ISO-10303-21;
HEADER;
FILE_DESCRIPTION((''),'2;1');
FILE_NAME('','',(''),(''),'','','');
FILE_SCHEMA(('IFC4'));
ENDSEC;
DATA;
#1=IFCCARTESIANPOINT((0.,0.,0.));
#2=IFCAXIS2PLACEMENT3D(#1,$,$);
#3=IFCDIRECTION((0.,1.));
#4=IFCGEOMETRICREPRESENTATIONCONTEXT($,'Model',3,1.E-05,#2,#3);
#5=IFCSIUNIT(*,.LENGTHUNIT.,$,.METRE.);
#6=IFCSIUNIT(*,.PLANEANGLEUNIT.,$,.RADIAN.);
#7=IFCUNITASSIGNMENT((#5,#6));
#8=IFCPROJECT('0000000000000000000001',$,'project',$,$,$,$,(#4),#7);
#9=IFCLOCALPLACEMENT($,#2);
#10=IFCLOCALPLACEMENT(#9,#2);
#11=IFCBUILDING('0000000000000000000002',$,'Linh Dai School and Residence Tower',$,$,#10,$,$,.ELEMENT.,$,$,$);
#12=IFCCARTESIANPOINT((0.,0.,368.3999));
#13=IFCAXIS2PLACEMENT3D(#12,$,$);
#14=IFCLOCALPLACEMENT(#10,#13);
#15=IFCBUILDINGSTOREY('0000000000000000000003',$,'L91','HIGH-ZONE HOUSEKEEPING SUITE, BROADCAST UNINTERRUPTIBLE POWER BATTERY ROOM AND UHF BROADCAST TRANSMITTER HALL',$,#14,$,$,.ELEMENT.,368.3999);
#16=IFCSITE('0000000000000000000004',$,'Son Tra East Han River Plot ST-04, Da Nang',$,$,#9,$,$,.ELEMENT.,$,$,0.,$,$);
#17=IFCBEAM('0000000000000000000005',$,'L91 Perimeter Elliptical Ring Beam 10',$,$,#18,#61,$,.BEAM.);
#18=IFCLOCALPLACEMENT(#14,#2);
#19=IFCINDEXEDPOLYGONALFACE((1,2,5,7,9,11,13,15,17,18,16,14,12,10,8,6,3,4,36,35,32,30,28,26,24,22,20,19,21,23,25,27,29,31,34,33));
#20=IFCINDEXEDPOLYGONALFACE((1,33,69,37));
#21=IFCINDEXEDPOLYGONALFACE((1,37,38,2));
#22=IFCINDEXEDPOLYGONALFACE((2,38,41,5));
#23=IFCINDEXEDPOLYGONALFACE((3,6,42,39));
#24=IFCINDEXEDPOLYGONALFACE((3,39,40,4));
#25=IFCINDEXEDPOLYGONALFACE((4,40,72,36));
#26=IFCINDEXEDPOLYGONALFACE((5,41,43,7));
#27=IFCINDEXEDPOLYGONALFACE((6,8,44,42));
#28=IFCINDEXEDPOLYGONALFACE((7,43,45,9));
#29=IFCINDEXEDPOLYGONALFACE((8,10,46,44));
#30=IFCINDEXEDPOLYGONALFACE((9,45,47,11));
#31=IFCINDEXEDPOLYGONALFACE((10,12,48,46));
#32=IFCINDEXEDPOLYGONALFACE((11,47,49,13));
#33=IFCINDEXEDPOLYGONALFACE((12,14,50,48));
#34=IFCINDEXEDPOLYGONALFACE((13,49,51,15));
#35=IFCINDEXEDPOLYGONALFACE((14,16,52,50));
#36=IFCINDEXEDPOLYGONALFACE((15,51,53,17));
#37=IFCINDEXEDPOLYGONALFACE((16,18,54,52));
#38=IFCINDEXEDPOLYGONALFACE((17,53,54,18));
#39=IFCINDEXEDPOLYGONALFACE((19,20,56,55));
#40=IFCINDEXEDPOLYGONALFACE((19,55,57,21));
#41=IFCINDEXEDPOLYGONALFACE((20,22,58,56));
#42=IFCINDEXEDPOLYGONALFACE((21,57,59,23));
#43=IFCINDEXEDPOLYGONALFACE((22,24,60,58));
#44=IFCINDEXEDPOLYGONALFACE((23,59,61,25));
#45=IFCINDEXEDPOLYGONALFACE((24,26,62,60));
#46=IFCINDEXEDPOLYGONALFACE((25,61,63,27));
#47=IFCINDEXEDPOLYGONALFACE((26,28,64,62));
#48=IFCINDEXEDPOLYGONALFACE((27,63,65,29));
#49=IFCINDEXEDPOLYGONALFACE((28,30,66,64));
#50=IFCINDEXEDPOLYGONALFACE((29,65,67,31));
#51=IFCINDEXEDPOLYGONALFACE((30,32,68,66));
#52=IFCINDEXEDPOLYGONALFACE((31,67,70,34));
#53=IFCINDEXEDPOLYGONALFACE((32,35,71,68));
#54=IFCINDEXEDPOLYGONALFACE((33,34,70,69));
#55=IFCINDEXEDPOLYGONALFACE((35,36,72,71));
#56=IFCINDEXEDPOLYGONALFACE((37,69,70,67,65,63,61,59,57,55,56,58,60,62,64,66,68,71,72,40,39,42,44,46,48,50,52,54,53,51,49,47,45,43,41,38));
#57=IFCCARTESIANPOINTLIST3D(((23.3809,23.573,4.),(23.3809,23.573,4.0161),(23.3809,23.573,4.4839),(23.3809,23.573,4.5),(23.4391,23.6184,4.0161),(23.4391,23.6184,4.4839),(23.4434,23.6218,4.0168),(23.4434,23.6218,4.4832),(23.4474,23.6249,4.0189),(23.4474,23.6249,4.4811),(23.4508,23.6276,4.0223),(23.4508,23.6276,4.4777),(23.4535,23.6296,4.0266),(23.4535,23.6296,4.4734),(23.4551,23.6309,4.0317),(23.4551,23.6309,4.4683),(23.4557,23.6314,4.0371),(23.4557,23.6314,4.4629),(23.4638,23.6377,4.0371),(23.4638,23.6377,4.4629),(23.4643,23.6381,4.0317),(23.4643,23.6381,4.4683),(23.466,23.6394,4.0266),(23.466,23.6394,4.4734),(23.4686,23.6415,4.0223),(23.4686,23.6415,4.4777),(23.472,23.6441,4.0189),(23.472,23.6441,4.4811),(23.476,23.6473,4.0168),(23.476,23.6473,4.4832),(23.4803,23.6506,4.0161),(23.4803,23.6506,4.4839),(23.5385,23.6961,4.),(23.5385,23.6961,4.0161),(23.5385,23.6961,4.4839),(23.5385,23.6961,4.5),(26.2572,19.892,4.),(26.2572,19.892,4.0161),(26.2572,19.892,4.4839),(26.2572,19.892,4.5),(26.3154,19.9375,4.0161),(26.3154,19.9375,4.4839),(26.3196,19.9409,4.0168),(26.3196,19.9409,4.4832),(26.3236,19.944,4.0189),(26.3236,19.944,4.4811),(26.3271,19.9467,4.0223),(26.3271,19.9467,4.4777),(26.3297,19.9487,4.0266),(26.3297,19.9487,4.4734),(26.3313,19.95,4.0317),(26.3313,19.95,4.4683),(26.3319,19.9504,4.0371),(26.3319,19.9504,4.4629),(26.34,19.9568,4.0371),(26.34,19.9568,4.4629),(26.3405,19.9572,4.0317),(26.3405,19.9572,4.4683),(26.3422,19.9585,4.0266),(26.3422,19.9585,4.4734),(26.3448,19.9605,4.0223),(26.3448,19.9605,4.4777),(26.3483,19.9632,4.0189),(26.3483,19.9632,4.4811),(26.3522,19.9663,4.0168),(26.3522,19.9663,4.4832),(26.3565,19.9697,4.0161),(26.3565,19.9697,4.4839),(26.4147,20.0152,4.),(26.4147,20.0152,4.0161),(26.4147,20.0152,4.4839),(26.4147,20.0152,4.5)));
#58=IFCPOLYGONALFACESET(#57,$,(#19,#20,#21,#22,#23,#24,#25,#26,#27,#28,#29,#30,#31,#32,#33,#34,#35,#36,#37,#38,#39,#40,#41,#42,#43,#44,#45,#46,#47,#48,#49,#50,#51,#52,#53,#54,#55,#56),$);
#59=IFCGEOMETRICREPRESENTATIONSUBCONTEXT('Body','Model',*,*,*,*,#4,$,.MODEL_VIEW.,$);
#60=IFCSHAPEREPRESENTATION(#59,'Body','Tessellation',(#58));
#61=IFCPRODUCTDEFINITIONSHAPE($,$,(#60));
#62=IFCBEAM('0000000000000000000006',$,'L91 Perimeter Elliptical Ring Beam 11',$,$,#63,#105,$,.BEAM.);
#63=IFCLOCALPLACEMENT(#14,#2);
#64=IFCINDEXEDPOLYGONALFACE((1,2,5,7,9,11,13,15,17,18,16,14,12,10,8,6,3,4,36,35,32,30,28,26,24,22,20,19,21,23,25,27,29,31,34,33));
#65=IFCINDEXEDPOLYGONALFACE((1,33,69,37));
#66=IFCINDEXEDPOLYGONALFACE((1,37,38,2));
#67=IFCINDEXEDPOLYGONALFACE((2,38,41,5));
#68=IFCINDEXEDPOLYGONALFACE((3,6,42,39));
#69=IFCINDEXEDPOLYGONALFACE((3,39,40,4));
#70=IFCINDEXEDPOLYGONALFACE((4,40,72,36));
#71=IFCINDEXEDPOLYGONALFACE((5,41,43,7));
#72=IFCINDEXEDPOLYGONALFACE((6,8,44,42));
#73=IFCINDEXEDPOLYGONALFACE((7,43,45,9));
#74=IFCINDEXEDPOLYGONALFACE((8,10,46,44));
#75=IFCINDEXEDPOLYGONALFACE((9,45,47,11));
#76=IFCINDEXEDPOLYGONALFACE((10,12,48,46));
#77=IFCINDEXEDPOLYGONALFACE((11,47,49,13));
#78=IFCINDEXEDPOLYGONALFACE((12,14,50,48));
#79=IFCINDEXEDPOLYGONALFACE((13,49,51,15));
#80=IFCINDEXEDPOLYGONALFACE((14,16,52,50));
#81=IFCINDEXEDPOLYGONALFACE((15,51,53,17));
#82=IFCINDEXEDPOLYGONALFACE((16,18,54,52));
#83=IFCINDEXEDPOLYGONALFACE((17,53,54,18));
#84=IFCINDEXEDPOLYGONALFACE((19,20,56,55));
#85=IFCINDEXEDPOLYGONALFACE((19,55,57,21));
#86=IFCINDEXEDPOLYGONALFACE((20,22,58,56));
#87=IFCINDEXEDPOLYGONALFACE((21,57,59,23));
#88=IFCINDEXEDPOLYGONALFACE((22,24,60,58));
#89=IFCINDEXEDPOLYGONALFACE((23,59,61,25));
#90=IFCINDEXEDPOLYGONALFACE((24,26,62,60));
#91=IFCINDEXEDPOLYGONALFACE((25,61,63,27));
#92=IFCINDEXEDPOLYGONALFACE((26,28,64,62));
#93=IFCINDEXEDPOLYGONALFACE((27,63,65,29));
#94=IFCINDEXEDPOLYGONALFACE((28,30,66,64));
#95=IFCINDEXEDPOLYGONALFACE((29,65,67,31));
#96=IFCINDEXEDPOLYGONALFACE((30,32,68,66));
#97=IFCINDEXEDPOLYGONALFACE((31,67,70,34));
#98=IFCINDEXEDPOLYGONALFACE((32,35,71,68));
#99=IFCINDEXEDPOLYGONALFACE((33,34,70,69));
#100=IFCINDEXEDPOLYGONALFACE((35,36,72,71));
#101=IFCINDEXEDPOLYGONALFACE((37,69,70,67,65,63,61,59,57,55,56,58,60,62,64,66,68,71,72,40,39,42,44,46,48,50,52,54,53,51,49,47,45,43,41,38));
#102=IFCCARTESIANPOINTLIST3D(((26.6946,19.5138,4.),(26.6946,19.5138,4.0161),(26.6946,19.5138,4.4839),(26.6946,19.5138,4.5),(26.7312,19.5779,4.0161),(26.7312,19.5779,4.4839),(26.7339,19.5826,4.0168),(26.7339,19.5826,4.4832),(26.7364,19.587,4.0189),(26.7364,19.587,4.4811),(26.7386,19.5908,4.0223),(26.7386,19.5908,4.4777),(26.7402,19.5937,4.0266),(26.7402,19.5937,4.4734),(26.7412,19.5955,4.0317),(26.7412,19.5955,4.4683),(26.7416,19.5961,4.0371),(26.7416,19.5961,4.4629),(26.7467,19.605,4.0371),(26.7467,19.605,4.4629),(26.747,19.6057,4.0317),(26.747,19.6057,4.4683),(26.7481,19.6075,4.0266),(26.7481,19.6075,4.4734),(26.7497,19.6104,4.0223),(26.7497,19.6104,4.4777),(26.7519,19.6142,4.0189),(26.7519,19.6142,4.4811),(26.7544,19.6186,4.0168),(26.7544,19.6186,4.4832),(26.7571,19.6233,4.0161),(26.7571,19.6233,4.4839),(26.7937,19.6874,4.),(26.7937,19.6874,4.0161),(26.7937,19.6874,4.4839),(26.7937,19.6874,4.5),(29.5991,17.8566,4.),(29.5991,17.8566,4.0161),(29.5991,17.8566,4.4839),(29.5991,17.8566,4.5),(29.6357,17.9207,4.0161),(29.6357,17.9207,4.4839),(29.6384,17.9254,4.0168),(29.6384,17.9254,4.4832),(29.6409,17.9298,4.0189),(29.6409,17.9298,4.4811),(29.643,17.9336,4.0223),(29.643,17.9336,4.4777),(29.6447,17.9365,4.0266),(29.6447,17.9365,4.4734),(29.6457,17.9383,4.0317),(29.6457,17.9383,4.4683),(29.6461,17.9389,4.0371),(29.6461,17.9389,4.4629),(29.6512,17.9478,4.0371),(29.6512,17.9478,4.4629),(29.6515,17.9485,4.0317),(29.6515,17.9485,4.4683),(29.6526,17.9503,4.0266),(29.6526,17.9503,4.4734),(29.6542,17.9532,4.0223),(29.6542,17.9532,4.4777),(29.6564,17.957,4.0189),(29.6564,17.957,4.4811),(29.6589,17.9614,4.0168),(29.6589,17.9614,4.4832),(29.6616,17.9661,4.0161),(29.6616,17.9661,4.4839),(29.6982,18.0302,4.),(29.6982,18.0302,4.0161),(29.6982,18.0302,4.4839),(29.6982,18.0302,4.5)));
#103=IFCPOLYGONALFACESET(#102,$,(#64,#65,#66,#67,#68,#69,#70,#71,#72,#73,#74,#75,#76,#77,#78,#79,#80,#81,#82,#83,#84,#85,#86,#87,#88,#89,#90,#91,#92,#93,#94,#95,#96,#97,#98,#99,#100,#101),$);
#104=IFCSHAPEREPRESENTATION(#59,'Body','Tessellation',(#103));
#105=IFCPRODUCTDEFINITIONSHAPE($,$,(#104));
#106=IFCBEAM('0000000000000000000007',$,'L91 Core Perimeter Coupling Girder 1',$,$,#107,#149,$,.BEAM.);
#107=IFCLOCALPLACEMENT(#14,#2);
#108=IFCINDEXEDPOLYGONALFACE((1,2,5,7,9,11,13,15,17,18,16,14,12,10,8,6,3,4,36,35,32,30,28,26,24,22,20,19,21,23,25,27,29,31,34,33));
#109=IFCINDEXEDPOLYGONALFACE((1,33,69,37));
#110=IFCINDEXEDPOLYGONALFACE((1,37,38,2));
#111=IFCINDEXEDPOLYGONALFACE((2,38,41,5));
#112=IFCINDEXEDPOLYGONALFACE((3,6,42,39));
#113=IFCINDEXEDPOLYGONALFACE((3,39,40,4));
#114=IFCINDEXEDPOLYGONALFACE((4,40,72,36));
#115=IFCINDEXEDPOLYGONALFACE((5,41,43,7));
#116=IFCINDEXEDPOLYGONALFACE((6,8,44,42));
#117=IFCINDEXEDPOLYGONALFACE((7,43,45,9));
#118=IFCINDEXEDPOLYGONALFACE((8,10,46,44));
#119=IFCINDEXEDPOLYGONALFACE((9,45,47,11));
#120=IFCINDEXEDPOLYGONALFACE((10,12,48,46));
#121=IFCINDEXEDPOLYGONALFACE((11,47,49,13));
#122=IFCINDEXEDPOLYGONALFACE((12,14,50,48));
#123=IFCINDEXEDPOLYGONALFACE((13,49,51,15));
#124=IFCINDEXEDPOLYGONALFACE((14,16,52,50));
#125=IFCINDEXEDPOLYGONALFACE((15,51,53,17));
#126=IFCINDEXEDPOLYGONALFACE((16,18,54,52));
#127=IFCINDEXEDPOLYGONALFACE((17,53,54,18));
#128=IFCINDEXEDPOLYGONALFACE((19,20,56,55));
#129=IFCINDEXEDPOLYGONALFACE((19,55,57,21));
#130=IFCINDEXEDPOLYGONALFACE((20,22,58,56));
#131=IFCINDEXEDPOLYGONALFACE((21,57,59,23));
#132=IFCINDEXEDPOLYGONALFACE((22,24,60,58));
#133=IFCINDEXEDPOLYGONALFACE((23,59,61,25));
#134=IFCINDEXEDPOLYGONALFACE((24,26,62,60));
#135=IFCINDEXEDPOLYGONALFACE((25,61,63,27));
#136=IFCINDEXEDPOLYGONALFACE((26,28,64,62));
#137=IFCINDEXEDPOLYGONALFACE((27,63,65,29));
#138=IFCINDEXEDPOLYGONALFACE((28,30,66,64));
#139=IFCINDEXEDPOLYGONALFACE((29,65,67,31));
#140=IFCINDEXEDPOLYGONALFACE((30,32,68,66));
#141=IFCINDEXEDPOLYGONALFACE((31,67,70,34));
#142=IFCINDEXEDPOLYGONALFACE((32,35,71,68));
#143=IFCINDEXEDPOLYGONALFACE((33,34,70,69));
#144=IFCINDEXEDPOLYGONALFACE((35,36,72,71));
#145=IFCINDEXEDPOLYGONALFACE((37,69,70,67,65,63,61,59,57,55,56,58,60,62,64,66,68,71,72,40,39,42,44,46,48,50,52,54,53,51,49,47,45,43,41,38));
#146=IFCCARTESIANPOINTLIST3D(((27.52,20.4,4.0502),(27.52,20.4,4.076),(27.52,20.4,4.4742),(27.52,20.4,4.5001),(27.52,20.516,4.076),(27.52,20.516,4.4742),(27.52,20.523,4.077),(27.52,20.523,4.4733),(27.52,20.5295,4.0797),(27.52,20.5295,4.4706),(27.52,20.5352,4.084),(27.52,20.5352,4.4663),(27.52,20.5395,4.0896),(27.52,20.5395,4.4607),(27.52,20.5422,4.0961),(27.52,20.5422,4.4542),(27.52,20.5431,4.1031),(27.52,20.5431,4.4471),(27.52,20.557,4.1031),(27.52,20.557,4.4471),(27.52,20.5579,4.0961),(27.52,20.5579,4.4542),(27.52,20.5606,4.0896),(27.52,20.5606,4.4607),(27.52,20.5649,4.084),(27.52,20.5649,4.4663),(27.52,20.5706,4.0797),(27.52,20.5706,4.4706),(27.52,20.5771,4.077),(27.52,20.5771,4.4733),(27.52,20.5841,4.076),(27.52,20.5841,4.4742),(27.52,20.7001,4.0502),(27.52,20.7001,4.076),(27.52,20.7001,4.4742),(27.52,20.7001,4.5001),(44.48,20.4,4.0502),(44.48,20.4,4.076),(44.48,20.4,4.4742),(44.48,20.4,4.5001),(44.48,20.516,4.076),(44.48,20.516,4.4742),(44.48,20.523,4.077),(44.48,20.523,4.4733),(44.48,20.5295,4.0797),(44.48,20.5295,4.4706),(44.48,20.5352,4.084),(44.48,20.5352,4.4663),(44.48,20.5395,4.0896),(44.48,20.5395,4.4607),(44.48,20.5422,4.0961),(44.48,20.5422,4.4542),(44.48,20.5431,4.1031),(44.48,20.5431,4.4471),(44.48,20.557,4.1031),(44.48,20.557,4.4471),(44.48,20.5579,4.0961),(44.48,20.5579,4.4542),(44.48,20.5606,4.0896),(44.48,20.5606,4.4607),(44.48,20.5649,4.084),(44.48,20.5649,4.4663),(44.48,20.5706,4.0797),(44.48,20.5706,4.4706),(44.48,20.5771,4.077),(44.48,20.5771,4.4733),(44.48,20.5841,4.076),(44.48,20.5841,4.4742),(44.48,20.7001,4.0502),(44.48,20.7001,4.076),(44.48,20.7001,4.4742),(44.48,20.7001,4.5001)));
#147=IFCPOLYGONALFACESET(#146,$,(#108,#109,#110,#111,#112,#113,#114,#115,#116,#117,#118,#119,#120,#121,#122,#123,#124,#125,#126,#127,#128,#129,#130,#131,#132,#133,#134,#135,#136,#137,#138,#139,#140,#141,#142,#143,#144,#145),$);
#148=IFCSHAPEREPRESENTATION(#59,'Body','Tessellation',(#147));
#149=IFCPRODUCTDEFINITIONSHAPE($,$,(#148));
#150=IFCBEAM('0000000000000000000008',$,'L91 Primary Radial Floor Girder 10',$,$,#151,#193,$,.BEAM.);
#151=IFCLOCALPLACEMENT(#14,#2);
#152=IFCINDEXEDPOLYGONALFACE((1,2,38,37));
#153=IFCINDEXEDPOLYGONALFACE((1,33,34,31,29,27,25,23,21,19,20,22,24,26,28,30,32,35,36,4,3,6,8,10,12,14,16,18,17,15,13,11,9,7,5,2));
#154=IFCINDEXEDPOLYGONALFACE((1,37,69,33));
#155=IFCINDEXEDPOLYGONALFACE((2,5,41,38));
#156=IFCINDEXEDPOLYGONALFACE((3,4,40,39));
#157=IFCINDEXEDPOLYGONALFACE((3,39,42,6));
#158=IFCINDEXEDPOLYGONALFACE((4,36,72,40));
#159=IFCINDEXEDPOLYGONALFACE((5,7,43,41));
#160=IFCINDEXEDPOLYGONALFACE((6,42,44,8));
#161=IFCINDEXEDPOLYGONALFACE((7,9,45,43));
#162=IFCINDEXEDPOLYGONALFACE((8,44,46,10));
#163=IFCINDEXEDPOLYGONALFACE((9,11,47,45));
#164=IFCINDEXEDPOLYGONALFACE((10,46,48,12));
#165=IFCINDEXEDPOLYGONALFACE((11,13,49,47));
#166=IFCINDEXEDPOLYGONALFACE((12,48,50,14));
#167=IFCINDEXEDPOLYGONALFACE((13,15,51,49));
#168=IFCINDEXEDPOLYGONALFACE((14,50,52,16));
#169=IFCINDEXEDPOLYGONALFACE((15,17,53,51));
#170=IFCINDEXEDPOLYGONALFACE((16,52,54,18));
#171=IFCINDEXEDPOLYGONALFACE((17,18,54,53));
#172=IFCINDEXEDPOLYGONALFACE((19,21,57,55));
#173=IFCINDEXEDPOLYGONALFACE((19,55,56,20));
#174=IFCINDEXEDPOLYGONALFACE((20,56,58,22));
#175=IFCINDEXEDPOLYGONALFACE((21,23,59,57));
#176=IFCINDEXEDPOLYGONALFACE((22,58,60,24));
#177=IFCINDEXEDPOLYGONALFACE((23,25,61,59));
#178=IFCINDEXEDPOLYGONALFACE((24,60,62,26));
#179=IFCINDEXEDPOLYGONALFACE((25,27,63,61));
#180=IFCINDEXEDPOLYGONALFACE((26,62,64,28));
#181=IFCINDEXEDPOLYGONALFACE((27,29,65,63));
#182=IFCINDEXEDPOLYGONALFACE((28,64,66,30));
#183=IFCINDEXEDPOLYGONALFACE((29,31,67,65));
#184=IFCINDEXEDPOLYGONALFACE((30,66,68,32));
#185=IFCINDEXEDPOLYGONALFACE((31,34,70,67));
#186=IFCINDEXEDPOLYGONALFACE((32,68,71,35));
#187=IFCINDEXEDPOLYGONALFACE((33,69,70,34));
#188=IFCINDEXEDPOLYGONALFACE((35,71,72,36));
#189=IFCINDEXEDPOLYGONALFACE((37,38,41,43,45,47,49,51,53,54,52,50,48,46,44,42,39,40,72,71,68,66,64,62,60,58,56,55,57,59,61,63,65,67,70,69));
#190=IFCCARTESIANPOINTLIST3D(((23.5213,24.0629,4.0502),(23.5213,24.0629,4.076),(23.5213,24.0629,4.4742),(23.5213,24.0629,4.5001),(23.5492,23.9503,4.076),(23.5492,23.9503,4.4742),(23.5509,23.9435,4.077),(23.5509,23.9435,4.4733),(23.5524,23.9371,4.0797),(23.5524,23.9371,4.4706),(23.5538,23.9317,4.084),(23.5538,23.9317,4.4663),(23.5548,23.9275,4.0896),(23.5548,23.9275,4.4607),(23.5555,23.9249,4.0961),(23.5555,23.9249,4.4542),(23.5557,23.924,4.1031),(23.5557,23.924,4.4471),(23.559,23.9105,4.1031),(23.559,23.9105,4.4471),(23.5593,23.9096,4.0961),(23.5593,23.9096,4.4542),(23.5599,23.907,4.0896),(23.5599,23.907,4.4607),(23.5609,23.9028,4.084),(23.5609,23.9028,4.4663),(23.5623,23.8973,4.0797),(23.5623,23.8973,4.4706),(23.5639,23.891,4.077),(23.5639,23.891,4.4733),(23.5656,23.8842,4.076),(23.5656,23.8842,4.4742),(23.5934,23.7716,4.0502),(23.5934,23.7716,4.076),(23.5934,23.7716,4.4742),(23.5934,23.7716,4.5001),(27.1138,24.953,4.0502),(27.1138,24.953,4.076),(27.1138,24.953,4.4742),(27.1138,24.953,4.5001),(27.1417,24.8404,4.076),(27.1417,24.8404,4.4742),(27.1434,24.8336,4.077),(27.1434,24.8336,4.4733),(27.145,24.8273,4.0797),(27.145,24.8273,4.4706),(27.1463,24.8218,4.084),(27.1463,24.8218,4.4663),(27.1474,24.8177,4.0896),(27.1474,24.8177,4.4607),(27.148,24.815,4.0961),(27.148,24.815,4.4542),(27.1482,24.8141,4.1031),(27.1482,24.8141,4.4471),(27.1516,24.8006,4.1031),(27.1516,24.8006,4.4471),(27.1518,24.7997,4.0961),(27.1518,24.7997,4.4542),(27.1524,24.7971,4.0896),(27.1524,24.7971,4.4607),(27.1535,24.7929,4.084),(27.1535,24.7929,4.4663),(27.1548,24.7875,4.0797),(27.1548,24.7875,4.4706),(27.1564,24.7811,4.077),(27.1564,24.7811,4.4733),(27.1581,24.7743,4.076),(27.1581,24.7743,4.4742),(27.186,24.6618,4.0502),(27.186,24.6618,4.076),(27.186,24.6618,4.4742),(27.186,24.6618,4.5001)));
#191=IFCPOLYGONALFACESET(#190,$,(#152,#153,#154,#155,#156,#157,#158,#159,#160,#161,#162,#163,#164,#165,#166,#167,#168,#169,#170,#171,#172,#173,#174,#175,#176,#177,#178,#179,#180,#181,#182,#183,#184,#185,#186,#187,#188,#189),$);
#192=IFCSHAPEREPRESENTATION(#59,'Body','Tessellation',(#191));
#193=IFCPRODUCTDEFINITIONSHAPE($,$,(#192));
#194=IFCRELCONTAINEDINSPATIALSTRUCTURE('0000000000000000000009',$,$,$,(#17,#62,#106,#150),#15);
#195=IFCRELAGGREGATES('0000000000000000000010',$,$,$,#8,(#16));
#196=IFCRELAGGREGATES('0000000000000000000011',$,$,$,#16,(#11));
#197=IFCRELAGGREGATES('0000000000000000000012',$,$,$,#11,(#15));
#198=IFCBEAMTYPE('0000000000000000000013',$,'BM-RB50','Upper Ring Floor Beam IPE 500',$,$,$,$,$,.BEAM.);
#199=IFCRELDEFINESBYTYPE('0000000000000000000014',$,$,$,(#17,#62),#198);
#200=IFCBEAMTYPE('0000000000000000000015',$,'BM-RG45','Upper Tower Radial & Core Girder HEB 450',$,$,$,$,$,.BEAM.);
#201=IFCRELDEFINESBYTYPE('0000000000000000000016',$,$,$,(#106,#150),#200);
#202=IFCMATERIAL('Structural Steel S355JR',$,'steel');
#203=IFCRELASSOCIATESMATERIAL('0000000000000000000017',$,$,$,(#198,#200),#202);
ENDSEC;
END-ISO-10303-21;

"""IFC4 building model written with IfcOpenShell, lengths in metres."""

from ifc_helpers import new_model, si_unit, direction, frame, origin, origin_2d, place, context, subcontext, project, spatial, i_section, extrude, material, material_profile, profile_set, type_object, element, save


model = new_model("IFC4")

# Units and contexts
model_context = context("Model", 3, precision=1e-05, world=origin(), true_north=direction((0.0, 1.0)))
body_context = subcontext(model_context, "Body", "Model", "MODEL_VIEW")
ifc_project = project(units=[si_unit("LENGTHUNIT", "METRE"), si_unit("PLANEANGLEUNIT", "RADIAN")], contexts=[model_context])

# Site, building, storey
site_placement = place(None, origin())
site = spatial("IfcSite", under=ifc_project, at=site_placement, Name="Son Tra East Han River Plot ST-04, Da Nang", CompositionType="ELEMENT", RefElevation=0.0)
building_placement = place(site_placement, origin())
building = spatial("IfcBuilding", under=site, at=building_placement, Name="Linh Dai School and Residence Tower", CompositionType="ELEMENT")
storey_placement = place(building_placement, frame((0.0, 0.0, 368.3999)))
storey = spatial("IfcBuildingStorey", under=building, at=storey_placement, Name="L91", Description="HIGH-ZONE HOUSEKEEPING SUITE, BROADCAST UNINTERRUPTIBLE POWER BATTERY ROOM AND UHF BROADCAST TRANSMITTER HALL", CompositionType="ELEMENT", Elevation=368.3999)

# Shared definitions
ifc_material_1 = material(Name="Structural Steel S355JR", Category="steel")

# Beams
ifc_material_profile_1 = material_profile(ifc_material_1, i_section(OverallWidth=0.2, OverallDepth=0.5, WebThickness=0.0103, FlangeThickness=0.0161, FilletRadius=0.021, at=origin_2d()), Name="IPE 500")
ifc_profile_set_1 = profile_set([ifc_material_profile_1], Name="Structural Steel S355JR")
beam_type_1 = type_object("IfcBeamType", Name="BM-RB50", Description="Upper Ring Floor Beam IPE 500", PredefinedType="BEAM", material=ifc_profile_set_1)
beam_1_placement = place(storey_placement, frame((23.4597, 23.6345, 4.25), z_axis=(0.615712, -0.787971, 0.0), x_axis=(0.787971, 0.615712, 0.0)))
element("IfcBeam", 1, at=beam_1_placement, inside=storey, type_object=beam_type_1, Name="L91 Perimeter Elliptical Ring Beam 10", PredefinedType="BEAM", context=body_context, shape_type="SweptSolid", body=[
    extrude(i_section(OverallWidth=0.2, OverallDepth=0.5, WebThickness=0.0103, FlangeThickness=0.0161, FilletRadius=0.021, at=origin_2d()), origin(), (0.0, 0.0, 1.0), 4.6714),
])
beam_2_placement = place(storey_placement, frame((26.7441, 19.6006, 4.25), z_axis=(0.868566, -0.495573, 0.0), x_axis=(0.495573, 0.868566, 0.0)))
element("IfcBeam", 2, at=beam_2_placement, inside=storey, type_object=beam_type_1, Name="L91 Perimeter Elliptical Ring Beam 11", PredefinedType="BEAM", context=body_context, shape_type="SweptSolid", body=[
    extrude(i_section(OverallWidth=0.2, OverallDepth=0.5, WebThickness=0.0103, FlangeThickness=0.0161, FilletRadius=0.021, at=origin_2d()), origin(), (0.0, 0.0, 1.0), 3.344),
])
ifc_material_profile_2 = material_profile(ifc_material_1, i_section(OverallWidth=0.3, OverallDepth=0.45, WebThickness=0.0139, FlangeThickness=0.0259, FilletRadius=0.0271, at=origin_2d()), Name="HEB 450")
ifc_profile_set_2 = profile_set([ifc_material_profile_2], Name="Structural Steel S355JR")
beam_type_2 = type_object("IfcBeamType", Name="BM-RG45", Description="Upper Tower Radial & Core Girder HEB 450", PredefinedType="BEAM", material=ifc_profile_set_2)
beam_3_placement = place(storey_placement, frame((27.52, 20.55, 4.2751), z_axis=(1.0, 0.0, 0.0), x_axis=(0.0, 1.0, 0.0)))
element("IfcBeam", 3, at=beam_3_placement, inside=storey, type_object=beam_type_2, Name="L91 Core Perimeter Coupling Girder 1", PredefinedType="BEAM", context=body_context, shape_type="SweptSolid", body=[
    extrude(i_section(OverallWidth=0.3, OverallDepth=0.45, WebThickness=0.0139, FlangeThickness=0.0259, FilletRadius=0.0271, at=origin_2d()), origin(), (0.0, 0.0, 1.0), 16.96),
])
beam_4_placement = place(storey_placement, frame((27.1499, 24.8074, 4.2751), z_axis=(-0.970649, -0.240502, 0.0), x_axis=(0.240502, -0.970649, 0.0)))
element("IfcBeam", 4, at=beam_4_placement, inside=storey, type_object=beam_type_2, Name="L91 Primary Radial Floor Girder 10", PredefinedType="BEAM", context=body_context, shape_type="SweptSolid", body=[
    extrude(i_section(OverallWidth=0.3, OverallDepth=0.45, WebThickness=0.0139, FlangeThickness=0.0259, FilletRadius=0.0271, at=origin_2d()), origin(), (0.0, 0.0, 1.0), 3.7012),
])

save(model, "model.ifc")
